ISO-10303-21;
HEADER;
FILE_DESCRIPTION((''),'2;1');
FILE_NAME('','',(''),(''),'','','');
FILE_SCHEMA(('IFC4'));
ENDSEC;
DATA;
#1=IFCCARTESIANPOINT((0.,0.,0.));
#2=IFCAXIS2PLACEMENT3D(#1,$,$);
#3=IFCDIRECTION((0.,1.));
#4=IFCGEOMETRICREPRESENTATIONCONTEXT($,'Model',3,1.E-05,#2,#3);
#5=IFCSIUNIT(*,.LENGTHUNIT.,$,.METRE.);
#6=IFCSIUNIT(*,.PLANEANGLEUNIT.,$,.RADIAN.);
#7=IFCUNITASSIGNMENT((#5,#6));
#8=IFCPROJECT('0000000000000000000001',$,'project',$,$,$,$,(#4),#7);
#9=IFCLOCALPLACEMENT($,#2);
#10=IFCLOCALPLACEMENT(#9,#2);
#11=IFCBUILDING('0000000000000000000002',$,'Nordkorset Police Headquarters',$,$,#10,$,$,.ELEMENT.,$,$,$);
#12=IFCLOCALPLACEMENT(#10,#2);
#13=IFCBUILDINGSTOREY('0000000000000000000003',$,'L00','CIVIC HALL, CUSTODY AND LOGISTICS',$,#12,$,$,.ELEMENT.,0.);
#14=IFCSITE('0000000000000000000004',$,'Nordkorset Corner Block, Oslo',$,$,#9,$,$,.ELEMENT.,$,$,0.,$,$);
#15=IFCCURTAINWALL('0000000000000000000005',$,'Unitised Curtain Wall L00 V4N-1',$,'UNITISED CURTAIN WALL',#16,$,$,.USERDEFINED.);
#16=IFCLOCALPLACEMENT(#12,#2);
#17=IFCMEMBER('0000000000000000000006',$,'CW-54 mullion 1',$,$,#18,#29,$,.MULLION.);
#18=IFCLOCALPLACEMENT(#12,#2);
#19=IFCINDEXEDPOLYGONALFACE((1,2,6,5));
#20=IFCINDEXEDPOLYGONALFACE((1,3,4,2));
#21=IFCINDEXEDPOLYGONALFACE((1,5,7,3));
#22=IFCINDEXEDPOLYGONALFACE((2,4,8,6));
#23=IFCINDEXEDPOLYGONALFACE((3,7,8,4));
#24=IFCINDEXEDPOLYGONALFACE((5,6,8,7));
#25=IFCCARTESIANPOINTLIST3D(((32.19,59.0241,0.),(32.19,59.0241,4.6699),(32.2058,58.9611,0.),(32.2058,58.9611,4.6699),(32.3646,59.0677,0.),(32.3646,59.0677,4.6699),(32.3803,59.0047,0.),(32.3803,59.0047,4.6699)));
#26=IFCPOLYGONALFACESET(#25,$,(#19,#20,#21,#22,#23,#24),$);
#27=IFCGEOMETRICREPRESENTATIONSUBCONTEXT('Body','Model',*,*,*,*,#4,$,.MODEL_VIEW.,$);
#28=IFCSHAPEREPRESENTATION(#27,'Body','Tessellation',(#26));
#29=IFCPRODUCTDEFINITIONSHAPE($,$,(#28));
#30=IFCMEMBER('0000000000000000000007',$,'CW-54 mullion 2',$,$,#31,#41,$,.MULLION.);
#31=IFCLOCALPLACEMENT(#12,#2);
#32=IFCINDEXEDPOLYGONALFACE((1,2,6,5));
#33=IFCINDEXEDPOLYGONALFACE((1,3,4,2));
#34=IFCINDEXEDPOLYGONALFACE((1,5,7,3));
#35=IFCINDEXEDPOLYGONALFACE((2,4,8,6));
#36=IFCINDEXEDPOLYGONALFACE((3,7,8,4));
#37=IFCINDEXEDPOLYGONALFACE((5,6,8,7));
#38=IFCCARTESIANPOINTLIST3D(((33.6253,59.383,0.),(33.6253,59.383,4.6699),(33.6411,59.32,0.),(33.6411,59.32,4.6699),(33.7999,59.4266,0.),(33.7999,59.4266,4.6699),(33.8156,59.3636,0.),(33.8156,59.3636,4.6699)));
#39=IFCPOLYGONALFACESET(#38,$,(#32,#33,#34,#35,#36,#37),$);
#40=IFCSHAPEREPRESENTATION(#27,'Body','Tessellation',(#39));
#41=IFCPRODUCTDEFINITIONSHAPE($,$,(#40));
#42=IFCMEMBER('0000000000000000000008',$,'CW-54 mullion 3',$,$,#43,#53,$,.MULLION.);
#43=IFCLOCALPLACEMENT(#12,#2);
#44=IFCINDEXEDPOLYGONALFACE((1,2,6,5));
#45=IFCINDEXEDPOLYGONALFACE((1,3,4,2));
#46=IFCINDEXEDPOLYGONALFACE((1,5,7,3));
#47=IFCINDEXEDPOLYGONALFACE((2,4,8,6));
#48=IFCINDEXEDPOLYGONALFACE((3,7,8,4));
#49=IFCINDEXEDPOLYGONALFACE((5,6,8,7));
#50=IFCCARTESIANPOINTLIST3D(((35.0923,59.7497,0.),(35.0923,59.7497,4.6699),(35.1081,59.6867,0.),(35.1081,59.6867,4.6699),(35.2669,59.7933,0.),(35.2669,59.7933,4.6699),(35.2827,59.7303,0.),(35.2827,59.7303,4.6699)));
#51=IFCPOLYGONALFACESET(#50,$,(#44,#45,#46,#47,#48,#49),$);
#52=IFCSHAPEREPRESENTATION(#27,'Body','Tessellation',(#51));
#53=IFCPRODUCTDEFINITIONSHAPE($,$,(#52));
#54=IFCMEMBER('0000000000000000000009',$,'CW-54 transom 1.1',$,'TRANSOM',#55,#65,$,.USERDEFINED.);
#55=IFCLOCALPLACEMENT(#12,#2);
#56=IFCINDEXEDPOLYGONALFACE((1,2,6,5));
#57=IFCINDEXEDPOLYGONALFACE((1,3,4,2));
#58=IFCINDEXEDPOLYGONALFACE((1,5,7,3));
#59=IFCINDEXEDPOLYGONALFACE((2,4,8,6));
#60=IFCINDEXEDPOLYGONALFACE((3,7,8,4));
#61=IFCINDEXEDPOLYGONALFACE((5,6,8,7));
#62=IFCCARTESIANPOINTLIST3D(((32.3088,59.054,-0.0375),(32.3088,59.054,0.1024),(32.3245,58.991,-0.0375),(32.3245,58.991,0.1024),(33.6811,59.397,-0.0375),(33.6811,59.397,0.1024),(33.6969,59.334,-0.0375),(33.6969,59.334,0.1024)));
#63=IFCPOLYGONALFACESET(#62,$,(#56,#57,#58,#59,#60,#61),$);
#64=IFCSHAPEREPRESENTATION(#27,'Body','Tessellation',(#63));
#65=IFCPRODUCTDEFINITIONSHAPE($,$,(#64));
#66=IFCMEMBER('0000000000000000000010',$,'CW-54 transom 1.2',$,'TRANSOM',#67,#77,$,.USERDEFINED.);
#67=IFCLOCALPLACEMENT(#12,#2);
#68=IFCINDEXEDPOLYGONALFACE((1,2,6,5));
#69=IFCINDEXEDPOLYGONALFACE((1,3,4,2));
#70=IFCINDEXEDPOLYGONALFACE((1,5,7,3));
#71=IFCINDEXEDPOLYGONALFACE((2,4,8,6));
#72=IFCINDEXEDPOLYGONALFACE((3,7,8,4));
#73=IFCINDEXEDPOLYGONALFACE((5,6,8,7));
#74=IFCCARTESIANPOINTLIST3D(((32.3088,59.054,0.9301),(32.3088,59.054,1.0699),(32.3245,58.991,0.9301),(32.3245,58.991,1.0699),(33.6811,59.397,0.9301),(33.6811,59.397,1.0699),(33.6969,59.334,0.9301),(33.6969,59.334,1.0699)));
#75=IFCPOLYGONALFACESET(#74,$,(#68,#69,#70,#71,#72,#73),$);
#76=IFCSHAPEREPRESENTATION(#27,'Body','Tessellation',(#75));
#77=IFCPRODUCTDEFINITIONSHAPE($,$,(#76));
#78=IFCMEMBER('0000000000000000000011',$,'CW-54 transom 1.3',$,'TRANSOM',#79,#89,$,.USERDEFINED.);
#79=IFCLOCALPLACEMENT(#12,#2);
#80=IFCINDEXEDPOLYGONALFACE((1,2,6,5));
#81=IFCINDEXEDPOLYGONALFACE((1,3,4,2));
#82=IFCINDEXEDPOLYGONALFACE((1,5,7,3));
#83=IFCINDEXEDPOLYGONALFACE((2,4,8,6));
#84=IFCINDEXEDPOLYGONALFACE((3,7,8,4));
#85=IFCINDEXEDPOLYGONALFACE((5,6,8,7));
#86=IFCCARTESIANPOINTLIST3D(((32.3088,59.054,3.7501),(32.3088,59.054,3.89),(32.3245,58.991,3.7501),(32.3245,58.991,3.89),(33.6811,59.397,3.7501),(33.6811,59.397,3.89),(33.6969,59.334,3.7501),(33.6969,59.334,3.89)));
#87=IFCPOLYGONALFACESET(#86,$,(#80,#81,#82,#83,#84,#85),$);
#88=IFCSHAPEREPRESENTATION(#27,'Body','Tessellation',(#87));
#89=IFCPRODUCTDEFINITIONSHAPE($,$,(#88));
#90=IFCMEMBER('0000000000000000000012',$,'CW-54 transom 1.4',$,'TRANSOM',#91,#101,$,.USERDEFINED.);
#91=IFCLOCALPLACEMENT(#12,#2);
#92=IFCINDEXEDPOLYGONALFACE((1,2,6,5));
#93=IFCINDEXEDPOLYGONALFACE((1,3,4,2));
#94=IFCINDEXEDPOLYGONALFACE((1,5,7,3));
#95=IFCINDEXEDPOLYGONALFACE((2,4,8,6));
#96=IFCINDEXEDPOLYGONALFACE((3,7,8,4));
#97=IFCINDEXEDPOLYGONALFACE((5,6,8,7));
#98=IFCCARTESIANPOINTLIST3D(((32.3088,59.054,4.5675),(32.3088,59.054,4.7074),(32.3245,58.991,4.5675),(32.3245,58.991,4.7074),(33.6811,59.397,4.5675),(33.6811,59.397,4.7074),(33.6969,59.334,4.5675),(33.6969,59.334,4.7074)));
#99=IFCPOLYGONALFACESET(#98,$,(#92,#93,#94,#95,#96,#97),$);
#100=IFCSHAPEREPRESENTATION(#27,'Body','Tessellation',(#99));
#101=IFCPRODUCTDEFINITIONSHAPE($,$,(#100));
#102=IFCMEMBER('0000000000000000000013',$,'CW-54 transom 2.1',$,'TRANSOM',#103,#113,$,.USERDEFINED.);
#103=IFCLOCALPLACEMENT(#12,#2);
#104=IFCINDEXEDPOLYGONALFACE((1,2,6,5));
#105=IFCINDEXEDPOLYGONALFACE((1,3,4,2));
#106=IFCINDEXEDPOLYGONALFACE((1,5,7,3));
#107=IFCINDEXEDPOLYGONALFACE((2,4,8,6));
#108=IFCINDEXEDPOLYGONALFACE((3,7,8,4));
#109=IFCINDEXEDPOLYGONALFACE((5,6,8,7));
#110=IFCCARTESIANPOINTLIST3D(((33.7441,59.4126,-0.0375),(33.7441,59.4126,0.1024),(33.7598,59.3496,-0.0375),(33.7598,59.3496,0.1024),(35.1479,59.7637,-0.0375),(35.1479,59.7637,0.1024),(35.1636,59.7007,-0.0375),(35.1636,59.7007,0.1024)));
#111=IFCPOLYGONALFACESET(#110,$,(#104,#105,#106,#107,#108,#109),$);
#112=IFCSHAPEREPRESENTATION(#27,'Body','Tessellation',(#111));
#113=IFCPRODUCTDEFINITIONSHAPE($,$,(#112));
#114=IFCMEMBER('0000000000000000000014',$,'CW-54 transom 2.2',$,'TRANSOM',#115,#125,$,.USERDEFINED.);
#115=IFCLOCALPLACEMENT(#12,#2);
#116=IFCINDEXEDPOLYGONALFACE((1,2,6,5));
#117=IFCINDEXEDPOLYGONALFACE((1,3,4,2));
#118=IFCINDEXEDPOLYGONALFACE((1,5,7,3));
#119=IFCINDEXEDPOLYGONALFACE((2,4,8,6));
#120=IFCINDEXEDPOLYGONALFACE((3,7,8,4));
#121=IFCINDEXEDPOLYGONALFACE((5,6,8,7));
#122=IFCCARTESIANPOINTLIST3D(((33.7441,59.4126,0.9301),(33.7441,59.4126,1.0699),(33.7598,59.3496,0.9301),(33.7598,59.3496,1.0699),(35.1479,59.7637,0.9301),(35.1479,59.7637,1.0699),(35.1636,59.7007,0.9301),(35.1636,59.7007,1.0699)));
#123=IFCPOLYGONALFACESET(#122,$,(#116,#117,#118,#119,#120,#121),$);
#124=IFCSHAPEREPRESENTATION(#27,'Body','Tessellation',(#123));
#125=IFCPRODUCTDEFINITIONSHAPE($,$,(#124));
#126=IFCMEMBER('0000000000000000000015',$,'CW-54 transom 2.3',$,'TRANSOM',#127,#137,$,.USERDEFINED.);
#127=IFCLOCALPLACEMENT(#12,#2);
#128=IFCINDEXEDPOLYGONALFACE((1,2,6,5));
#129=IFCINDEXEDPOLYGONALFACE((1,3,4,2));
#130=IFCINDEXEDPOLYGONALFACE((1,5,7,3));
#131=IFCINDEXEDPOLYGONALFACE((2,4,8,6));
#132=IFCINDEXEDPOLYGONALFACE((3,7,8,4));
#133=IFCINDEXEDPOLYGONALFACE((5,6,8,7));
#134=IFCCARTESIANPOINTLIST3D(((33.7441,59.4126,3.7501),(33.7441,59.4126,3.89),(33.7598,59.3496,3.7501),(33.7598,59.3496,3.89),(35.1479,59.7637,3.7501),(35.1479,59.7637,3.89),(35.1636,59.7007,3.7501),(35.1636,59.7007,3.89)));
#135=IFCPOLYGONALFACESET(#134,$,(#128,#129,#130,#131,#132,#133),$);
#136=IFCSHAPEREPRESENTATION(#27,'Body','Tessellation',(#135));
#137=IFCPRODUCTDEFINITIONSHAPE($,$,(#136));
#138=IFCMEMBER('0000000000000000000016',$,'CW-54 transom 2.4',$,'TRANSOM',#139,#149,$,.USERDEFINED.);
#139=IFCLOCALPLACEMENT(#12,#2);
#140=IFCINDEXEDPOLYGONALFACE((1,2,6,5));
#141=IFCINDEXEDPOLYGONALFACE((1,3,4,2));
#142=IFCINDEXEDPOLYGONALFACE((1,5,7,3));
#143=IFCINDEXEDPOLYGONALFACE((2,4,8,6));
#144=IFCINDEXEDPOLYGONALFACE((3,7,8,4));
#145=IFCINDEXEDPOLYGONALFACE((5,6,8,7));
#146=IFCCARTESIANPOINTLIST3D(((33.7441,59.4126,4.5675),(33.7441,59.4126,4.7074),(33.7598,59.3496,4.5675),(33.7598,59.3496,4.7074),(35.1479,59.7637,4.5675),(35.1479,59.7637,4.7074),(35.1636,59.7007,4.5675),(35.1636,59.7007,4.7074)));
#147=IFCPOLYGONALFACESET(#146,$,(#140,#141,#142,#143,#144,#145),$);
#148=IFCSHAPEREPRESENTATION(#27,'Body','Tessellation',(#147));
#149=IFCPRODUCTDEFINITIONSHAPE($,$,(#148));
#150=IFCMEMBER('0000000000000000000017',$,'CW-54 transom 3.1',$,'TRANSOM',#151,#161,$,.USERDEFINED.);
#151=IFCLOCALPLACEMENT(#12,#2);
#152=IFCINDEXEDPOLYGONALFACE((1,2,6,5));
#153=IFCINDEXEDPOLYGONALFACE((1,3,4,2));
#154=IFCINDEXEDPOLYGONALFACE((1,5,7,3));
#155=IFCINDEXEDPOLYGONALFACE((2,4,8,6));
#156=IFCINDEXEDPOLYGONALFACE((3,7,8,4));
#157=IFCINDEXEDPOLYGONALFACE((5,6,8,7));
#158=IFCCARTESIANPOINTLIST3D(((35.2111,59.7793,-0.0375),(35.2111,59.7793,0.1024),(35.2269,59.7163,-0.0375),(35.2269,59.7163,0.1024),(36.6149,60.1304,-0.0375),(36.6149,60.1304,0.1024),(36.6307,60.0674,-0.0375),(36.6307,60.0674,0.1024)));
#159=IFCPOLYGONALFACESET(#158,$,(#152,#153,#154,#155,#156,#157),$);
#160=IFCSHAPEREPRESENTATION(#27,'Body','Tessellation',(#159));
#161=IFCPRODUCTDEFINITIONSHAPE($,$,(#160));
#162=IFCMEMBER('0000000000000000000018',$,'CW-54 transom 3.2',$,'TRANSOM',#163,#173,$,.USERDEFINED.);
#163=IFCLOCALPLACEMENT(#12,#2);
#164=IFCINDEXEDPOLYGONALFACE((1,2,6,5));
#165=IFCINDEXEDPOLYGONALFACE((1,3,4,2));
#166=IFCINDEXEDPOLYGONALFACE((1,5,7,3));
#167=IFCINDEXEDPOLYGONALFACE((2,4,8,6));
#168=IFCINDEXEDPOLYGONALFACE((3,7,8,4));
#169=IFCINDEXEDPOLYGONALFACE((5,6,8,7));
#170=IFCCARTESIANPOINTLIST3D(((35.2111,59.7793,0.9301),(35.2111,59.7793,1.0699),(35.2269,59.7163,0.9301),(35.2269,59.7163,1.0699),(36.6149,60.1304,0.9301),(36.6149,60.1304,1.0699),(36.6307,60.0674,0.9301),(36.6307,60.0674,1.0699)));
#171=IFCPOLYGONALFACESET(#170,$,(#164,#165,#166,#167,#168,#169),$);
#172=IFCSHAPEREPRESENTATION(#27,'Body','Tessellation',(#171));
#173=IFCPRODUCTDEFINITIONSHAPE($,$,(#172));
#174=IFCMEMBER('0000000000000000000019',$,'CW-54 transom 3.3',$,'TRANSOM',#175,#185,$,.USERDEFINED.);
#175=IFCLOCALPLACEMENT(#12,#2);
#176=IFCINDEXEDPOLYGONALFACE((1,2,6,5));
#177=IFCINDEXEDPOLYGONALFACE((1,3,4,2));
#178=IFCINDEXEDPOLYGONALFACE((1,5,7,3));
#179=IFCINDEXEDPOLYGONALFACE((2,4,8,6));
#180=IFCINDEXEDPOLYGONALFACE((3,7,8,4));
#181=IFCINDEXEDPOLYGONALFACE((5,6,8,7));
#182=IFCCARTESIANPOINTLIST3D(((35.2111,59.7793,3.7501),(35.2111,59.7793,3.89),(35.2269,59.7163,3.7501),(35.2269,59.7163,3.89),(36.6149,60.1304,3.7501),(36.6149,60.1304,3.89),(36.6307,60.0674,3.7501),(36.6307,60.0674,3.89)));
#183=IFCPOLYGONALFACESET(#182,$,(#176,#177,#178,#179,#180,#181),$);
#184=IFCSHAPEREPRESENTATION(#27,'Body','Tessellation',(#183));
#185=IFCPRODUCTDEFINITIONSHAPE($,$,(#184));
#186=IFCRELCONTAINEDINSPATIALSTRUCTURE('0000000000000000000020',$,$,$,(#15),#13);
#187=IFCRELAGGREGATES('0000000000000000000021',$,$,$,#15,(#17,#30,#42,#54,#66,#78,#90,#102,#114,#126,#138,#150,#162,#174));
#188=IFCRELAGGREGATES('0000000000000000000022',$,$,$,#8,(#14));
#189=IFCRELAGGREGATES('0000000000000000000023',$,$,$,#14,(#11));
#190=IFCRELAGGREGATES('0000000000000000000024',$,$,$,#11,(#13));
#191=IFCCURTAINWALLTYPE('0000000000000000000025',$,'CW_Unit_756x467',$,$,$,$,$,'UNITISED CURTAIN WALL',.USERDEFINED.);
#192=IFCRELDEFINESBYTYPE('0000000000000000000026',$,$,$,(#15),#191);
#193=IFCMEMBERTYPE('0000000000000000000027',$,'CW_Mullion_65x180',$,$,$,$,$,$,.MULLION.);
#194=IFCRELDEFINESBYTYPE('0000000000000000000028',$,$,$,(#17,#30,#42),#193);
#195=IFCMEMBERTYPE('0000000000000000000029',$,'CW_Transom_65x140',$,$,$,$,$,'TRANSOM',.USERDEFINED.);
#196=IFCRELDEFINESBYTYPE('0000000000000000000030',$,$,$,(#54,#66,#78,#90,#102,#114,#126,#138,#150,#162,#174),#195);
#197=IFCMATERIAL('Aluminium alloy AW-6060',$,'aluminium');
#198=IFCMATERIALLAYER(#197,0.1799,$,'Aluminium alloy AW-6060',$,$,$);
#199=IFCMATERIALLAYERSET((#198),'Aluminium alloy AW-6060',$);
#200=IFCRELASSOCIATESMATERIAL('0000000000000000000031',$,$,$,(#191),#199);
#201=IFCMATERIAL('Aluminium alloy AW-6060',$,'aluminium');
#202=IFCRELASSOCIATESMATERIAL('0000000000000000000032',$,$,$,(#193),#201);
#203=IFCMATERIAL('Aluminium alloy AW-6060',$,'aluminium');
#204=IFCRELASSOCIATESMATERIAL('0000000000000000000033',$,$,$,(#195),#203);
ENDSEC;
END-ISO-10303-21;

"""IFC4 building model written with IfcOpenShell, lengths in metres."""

from ifc_helpers import new_model, si_unit, direction, frame, origin, origin_2d, place, context, subcontext, project, spatial, rectangle, extrude, material, layer, layer_set, material_profile, profile_set, type_object, element, aggregate, save


model = new_model("IFC4")

# Units and contexts
model_context = context("Model", 3, precision=1e-05, world=origin(), true_north=direction((0.0, 1.0)))
body_context = subcontext(model_context, "Body", "Model", "MODEL_VIEW")
ifc_project = project(units=[si_unit("LENGTHUNIT", "METRE"), si_unit("PLANEANGLEUNIT", "RADIAN")], contexts=[model_context])

# Site, building, storey
site_placement = place(None, origin())
site = spatial("IfcSite", under=ifc_project, at=site_placement, Name="Nordkorset Corner Block, Oslo", CompositionType="ELEMENT", RefElevation=0.0)
building_placement = place(site_placement, origin())
building = spatial("IfcBuilding", under=site, at=building_placement, Name="Nordkorset Police Headquarters", CompositionType="ELEMENT")
storey_placement = place(building_placement, origin())
storey = spatial("IfcBuildingStorey", under=building, at=storey_placement, Name="L00", Description="CIVIC HALL, CUSTODY AND LOGISTICS", CompositionType="ELEMENT", Elevation=0.0)

# Curtain wall, members
ifc_material_1 = material(Name="Aluminium alloy AW-6060", Category="aluminium")
ifc_layer_1 = layer(ifc_material_1, 0.1799, Name="Aluminium alloy AW-6060")
ifc_layer_set_1 = layer_set([ifc_layer_1], Name="Aluminium alloy AW-6060")
curtain_wall_type = type_object("IfcCurtainWallType", Name="CW_Unit_756x467", ElementType="UNITISED CURTAIN WALL", PredefinedType="USERDEFINED", material=ifc_layer_set_1)
curtain_wall_placement = place(storey_placement, origin())
curtain_wall = element("IfcCurtainWall", 1, at=curtain_wall_placement, inside=storey, type_object=curtain_wall_type, Name="Unitised Curtain Wall L00 V4N-1", ObjectType="UNITISED CURTAIN WALL", PredefinedType="USERDEFINED")
ifc_material_2 = material(Name="Aluminium alloy AW-6060", Category="aluminium")
ifc_material_profile_1 = material_profile(ifc_material_2, rectangle(XDim=0.0649, YDim=0.1799, at=origin_2d()), Name="ALU MULL 65x180")
ifc_profile_set_1 = profile_set([ifc_material_profile_1], Name="Aluminium alloy AW-6060")
member_type_1 = type_object("IfcMemberType", Name="CW_Mullion_65x180", PredefinedType="MULLION", material=ifc_profile_set_1)
member_1_placement = place(storey_placement, frame((32.2852, 59.0144, 0.0), z_axis=(0.0, 0.0, 1.0), x_axis=(-0.242536, 0.970143, 0.0)))
member_1 = element("IfcMember", 2, at=member_1_placement, type_object=member_type_1, Name="CW-54 mullion 1", PredefinedType="MULLION", context=body_context, shape_type="SweptSolid", body=[
    extrude(rectangle(XDim=0.0649, YDim=0.1799, at=origin_2d()), origin(), (0.0, 0.0, 1.0), 4.6699),
])
member_2_placement = place(storey_placement, frame((33.7205, 59.3733, 0.0), z_axis=(0.0, 0.0, 1.0), x_axis=(-0.242536, 0.970143, 0.0)))
member_2 = element("IfcMember", 3, at=member_2_placement, type_object=member_type_1, Name="CW-54 mullion 2", PredefinedType="MULLION", context=body_context, shape_type="SweptSolid", body=[
    extrude(rectangle(XDim=0.0649, YDim=0.1799, at=origin_2d()), origin(), (0.0, 0.0, 1.0), 4.6699),
])
member_3_placement = place(storey_placement, frame((35.1875, 59.74, 0.0), z_axis=(0.0, 0.0, 1.0), x_axis=(-0.242536, 0.970143, 0.0)))
member_3 = element("IfcMember", 4, at=member_3_placement, type_object=member_type_1, Name="CW-54 mullion 3", PredefinedType="MULLION", context=body_context, shape_type="SweptSolid", body=[
    extrude(rectangle(XDim=0.0649, YDim=0.1799, at=origin_2d()), origin(), (0.0, 0.0, 1.0), 4.6699),
])
ifc_material_3 = material(Name="Aluminium alloy AW-6060", Category="aluminium")
ifc_material_profile_2 = material_profile(ifc_material_3, rectangle(XDim=0.0649, YDim=0.1399, at=origin_2d()), Name="ALU TRAN 65x140")
ifc_profile_set_2 = profile_set([ifc_material_profile_2], Name="Aluminium alloy AW-6060")
member_type_2 = type_object("IfcMemberType", Name="CW_Transom_65x140", ElementType="TRANSOM", PredefinedType="USERDEFINED", material=ifc_profile_set_2)
member_4_placement = place(storey_placement, frame((32.3167, 59.0225, 0.0325), z_axis=(0.970153, 0.242495, 0.0), x_axis=(-0.242495, 0.970153, 0.0)))
member_4 = element("IfcMember", 5, at=member_4_placement, type_object=member_type_2, Name="CW-54 transom 1.1", ObjectType="TRANSOM", PredefinedType="USERDEFINED", context=body_context, shape_type="SweptSolid", body=[
    extrude(rectangle(XDim=0.0649, YDim=0.1399, at=origin_2d()), origin(), (0.0, 0.0, 1.0), 1.4146),
])
member_5_placement = place(storey_placement, frame((32.3167, 59.0225, 1.0), z_axis=(0.970153, 0.242495, 0.0), x_axis=(-0.242495, 0.970153, 0.0)))
member_5 = element("IfcMember", 6, at=member_5_placement, type_object=member_type_2, Name="CW-54 transom 1.2", ObjectType="TRANSOM", PredefinedType="USERDEFINED", context=body_context, shape_type="SweptSolid", body=[
    extrude(rectangle(XDim=0.0649, YDim=0.1399, at=origin_2d()), origin(), (0.0, 0.0, 1.0), 1.4146),
])
member_6_placement = place(storey_placement, frame((32.3167, 59.0225, 3.8201), z_axis=(0.970153, 0.242495, 0.0), x_axis=(-0.242495, 0.970153, 0.0)))
member_6 = element("IfcMember", 7, at=member_6_placement, type_object=member_type_2, Name="CW-54 transom 1.3", ObjectType="TRANSOM", PredefinedType="USERDEFINED", context=body_context, shape_type="SweptSolid", body=[
    extrude(rectangle(XDim=0.0649, YDim=0.1399, at=origin_2d()), origin(), (0.0, 0.0, 1.0), 1.4146),
])
member_7_placement = place(storey_placement, frame((32.3167, 59.0225, 4.6375), z_axis=(0.970153, 0.242495, 0.0), x_axis=(-0.242495, 0.970153, 0.0)))
member_7 = element("IfcMember", 8, at=member_7_placement, type_object=member_type_2, Name="CW-54 transom 1.4", ObjectType="TRANSOM", PredefinedType="USERDEFINED", context=body_context, shape_type="SweptSolid", body=[
    extrude(rectangle(XDim=0.0649, YDim=0.1399, at=origin_2d()), origin(), (0.0, 0.0, 1.0), 1.4146),
])
member_8_placement = place(storey_placement, frame((33.752, 59.3811, 0.0325), z_axis=(0.970123, 0.242615, 0.0), x_axis=(-0.242615, 0.970123, 0.0)))
member_8 = element("IfcMember", 9, at=member_8_placement, type_object=member_type_2, Name="CW-54 transom 2.1", ObjectType="TRANSOM", PredefinedType="USERDEFINED", context=body_context, shape_type="SweptSolid", body=[
    extrude(rectangle(XDim=0.0649, YDim=0.1399, at=origin_2d()), origin(), (0.0, 0.0, 1.0), 1.447),
])
member_9_placement = place(storey_placement, frame((33.752, 59.3811, 1.0), z_axis=(0.970123, 0.242615, 0.0), x_axis=(-0.242615, 0.970123, 0.0)))
member_9 = element("IfcMember", 10, at=member_9_placement, type_object=member_type_2, Name="CW-54 transom 2.2", ObjectType="TRANSOM", PredefinedType="USERDEFINED", context=body_context, shape_type="SweptSolid", body=[
    extrude(rectangle(XDim=0.0649, YDim=0.1399, at=origin_2d()), origin(), (0.0, 0.0, 1.0), 1.447),
])
member_10_placement = place(storey_placement, frame((33.752, 59.3811, 3.8201), z_axis=(0.970123, 0.242615, 0.0), x_axis=(-0.242615, 0.970123, 0.0)))
member_10 = element("IfcMember", 11, at=member_10_placement, type_object=member_type_2, Name="CW-54 transom 2.3", ObjectType="TRANSOM", PredefinedType="USERDEFINED", context=body_context, shape_type="SweptSolid", body=[
    extrude(rectangle(XDim=0.0649, YDim=0.1399, at=origin_2d()), origin(), (0.0, 0.0, 1.0), 1.447),
])
member_11_placement = place(storey_placement, frame((33.752, 59.3811, 4.6375), z_axis=(0.970123, 0.242615, 0.0), x_axis=(-0.242615, 0.970123, 0.0)))
member_11 = element("IfcMember", 12, at=member_11_placement, type_object=member_type_2, Name="CW-54 transom 2.4", ObjectType="TRANSOM", PredefinedType="USERDEFINED", context=body_context, shape_type="SweptSolid", body=[
    extrude(rectangle(XDim=0.0649, YDim=0.1399, at=origin_2d()), origin(), (0.0, 0.0, 1.0), 1.447),
])
member_12_placement = place(storey_placement, frame((35.219, 59.7478, 0.0325), z_axis=(0.970123, 0.242615, 0.0), x_axis=(-0.242615, 0.970123, 0.0)))
member_12 = element("IfcMember", 13, at=member_12_placement, type_object=member_type_2, Name="CW-54 transom 3.1", ObjectType="TRANSOM", PredefinedType="USERDEFINED", context=body_context, shape_type="SweptSolid", body=[
    extrude(rectangle(XDim=0.0649, YDim=0.1399, at=origin_2d()), origin(), (0.0, 0.0, 1.0), 1.447),
])
member_13_placement = place(storey_placement, frame((35.219, 59.7478, 1.0), z_axis=(0.970123, 0.242615, 0.0), x_axis=(-0.242615, 0.970123, 0.0)))
member_13 = element("IfcMember", 14, at=member_13_placement, type_object=member_type_2, Name="CW-54 transom 3.2", ObjectType="TRANSOM", PredefinedType="USERDEFINED", context=body_context, shape_type="SweptSolid", body=[
    extrude(rectangle(XDim=0.0649, YDim=0.1399, at=origin_2d()), origin(), (0.0, 0.0, 1.0), 1.447),
])
member_14_placement = place(storey_placement, frame((35.219, 59.7478, 3.8201), z_axis=(0.970123, 0.242615, 0.0), x_axis=(-0.242615, 0.970123, 0.0)))
member_14 = element("IfcMember", 15, at=member_14_placement, type_object=member_type_2, Name="CW-54 transom 3.3", ObjectType="TRANSOM", PredefinedType="USERDEFINED", context=body_context, shape_type="SweptSolid", body=[
    extrude(rectangle(XDim=0.0649, YDim=0.1399, at=origin_2d()), origin(), (0.0, 0.0, 1.0), 1.447),
])
aggregate(curtain_wall, [member_1, member_2, member_3, member_4, member_5, member_6, member_7, member_8, member_9, member_10, member_11, member_12, member_13, member_14])

save(model, "model.ifc")
